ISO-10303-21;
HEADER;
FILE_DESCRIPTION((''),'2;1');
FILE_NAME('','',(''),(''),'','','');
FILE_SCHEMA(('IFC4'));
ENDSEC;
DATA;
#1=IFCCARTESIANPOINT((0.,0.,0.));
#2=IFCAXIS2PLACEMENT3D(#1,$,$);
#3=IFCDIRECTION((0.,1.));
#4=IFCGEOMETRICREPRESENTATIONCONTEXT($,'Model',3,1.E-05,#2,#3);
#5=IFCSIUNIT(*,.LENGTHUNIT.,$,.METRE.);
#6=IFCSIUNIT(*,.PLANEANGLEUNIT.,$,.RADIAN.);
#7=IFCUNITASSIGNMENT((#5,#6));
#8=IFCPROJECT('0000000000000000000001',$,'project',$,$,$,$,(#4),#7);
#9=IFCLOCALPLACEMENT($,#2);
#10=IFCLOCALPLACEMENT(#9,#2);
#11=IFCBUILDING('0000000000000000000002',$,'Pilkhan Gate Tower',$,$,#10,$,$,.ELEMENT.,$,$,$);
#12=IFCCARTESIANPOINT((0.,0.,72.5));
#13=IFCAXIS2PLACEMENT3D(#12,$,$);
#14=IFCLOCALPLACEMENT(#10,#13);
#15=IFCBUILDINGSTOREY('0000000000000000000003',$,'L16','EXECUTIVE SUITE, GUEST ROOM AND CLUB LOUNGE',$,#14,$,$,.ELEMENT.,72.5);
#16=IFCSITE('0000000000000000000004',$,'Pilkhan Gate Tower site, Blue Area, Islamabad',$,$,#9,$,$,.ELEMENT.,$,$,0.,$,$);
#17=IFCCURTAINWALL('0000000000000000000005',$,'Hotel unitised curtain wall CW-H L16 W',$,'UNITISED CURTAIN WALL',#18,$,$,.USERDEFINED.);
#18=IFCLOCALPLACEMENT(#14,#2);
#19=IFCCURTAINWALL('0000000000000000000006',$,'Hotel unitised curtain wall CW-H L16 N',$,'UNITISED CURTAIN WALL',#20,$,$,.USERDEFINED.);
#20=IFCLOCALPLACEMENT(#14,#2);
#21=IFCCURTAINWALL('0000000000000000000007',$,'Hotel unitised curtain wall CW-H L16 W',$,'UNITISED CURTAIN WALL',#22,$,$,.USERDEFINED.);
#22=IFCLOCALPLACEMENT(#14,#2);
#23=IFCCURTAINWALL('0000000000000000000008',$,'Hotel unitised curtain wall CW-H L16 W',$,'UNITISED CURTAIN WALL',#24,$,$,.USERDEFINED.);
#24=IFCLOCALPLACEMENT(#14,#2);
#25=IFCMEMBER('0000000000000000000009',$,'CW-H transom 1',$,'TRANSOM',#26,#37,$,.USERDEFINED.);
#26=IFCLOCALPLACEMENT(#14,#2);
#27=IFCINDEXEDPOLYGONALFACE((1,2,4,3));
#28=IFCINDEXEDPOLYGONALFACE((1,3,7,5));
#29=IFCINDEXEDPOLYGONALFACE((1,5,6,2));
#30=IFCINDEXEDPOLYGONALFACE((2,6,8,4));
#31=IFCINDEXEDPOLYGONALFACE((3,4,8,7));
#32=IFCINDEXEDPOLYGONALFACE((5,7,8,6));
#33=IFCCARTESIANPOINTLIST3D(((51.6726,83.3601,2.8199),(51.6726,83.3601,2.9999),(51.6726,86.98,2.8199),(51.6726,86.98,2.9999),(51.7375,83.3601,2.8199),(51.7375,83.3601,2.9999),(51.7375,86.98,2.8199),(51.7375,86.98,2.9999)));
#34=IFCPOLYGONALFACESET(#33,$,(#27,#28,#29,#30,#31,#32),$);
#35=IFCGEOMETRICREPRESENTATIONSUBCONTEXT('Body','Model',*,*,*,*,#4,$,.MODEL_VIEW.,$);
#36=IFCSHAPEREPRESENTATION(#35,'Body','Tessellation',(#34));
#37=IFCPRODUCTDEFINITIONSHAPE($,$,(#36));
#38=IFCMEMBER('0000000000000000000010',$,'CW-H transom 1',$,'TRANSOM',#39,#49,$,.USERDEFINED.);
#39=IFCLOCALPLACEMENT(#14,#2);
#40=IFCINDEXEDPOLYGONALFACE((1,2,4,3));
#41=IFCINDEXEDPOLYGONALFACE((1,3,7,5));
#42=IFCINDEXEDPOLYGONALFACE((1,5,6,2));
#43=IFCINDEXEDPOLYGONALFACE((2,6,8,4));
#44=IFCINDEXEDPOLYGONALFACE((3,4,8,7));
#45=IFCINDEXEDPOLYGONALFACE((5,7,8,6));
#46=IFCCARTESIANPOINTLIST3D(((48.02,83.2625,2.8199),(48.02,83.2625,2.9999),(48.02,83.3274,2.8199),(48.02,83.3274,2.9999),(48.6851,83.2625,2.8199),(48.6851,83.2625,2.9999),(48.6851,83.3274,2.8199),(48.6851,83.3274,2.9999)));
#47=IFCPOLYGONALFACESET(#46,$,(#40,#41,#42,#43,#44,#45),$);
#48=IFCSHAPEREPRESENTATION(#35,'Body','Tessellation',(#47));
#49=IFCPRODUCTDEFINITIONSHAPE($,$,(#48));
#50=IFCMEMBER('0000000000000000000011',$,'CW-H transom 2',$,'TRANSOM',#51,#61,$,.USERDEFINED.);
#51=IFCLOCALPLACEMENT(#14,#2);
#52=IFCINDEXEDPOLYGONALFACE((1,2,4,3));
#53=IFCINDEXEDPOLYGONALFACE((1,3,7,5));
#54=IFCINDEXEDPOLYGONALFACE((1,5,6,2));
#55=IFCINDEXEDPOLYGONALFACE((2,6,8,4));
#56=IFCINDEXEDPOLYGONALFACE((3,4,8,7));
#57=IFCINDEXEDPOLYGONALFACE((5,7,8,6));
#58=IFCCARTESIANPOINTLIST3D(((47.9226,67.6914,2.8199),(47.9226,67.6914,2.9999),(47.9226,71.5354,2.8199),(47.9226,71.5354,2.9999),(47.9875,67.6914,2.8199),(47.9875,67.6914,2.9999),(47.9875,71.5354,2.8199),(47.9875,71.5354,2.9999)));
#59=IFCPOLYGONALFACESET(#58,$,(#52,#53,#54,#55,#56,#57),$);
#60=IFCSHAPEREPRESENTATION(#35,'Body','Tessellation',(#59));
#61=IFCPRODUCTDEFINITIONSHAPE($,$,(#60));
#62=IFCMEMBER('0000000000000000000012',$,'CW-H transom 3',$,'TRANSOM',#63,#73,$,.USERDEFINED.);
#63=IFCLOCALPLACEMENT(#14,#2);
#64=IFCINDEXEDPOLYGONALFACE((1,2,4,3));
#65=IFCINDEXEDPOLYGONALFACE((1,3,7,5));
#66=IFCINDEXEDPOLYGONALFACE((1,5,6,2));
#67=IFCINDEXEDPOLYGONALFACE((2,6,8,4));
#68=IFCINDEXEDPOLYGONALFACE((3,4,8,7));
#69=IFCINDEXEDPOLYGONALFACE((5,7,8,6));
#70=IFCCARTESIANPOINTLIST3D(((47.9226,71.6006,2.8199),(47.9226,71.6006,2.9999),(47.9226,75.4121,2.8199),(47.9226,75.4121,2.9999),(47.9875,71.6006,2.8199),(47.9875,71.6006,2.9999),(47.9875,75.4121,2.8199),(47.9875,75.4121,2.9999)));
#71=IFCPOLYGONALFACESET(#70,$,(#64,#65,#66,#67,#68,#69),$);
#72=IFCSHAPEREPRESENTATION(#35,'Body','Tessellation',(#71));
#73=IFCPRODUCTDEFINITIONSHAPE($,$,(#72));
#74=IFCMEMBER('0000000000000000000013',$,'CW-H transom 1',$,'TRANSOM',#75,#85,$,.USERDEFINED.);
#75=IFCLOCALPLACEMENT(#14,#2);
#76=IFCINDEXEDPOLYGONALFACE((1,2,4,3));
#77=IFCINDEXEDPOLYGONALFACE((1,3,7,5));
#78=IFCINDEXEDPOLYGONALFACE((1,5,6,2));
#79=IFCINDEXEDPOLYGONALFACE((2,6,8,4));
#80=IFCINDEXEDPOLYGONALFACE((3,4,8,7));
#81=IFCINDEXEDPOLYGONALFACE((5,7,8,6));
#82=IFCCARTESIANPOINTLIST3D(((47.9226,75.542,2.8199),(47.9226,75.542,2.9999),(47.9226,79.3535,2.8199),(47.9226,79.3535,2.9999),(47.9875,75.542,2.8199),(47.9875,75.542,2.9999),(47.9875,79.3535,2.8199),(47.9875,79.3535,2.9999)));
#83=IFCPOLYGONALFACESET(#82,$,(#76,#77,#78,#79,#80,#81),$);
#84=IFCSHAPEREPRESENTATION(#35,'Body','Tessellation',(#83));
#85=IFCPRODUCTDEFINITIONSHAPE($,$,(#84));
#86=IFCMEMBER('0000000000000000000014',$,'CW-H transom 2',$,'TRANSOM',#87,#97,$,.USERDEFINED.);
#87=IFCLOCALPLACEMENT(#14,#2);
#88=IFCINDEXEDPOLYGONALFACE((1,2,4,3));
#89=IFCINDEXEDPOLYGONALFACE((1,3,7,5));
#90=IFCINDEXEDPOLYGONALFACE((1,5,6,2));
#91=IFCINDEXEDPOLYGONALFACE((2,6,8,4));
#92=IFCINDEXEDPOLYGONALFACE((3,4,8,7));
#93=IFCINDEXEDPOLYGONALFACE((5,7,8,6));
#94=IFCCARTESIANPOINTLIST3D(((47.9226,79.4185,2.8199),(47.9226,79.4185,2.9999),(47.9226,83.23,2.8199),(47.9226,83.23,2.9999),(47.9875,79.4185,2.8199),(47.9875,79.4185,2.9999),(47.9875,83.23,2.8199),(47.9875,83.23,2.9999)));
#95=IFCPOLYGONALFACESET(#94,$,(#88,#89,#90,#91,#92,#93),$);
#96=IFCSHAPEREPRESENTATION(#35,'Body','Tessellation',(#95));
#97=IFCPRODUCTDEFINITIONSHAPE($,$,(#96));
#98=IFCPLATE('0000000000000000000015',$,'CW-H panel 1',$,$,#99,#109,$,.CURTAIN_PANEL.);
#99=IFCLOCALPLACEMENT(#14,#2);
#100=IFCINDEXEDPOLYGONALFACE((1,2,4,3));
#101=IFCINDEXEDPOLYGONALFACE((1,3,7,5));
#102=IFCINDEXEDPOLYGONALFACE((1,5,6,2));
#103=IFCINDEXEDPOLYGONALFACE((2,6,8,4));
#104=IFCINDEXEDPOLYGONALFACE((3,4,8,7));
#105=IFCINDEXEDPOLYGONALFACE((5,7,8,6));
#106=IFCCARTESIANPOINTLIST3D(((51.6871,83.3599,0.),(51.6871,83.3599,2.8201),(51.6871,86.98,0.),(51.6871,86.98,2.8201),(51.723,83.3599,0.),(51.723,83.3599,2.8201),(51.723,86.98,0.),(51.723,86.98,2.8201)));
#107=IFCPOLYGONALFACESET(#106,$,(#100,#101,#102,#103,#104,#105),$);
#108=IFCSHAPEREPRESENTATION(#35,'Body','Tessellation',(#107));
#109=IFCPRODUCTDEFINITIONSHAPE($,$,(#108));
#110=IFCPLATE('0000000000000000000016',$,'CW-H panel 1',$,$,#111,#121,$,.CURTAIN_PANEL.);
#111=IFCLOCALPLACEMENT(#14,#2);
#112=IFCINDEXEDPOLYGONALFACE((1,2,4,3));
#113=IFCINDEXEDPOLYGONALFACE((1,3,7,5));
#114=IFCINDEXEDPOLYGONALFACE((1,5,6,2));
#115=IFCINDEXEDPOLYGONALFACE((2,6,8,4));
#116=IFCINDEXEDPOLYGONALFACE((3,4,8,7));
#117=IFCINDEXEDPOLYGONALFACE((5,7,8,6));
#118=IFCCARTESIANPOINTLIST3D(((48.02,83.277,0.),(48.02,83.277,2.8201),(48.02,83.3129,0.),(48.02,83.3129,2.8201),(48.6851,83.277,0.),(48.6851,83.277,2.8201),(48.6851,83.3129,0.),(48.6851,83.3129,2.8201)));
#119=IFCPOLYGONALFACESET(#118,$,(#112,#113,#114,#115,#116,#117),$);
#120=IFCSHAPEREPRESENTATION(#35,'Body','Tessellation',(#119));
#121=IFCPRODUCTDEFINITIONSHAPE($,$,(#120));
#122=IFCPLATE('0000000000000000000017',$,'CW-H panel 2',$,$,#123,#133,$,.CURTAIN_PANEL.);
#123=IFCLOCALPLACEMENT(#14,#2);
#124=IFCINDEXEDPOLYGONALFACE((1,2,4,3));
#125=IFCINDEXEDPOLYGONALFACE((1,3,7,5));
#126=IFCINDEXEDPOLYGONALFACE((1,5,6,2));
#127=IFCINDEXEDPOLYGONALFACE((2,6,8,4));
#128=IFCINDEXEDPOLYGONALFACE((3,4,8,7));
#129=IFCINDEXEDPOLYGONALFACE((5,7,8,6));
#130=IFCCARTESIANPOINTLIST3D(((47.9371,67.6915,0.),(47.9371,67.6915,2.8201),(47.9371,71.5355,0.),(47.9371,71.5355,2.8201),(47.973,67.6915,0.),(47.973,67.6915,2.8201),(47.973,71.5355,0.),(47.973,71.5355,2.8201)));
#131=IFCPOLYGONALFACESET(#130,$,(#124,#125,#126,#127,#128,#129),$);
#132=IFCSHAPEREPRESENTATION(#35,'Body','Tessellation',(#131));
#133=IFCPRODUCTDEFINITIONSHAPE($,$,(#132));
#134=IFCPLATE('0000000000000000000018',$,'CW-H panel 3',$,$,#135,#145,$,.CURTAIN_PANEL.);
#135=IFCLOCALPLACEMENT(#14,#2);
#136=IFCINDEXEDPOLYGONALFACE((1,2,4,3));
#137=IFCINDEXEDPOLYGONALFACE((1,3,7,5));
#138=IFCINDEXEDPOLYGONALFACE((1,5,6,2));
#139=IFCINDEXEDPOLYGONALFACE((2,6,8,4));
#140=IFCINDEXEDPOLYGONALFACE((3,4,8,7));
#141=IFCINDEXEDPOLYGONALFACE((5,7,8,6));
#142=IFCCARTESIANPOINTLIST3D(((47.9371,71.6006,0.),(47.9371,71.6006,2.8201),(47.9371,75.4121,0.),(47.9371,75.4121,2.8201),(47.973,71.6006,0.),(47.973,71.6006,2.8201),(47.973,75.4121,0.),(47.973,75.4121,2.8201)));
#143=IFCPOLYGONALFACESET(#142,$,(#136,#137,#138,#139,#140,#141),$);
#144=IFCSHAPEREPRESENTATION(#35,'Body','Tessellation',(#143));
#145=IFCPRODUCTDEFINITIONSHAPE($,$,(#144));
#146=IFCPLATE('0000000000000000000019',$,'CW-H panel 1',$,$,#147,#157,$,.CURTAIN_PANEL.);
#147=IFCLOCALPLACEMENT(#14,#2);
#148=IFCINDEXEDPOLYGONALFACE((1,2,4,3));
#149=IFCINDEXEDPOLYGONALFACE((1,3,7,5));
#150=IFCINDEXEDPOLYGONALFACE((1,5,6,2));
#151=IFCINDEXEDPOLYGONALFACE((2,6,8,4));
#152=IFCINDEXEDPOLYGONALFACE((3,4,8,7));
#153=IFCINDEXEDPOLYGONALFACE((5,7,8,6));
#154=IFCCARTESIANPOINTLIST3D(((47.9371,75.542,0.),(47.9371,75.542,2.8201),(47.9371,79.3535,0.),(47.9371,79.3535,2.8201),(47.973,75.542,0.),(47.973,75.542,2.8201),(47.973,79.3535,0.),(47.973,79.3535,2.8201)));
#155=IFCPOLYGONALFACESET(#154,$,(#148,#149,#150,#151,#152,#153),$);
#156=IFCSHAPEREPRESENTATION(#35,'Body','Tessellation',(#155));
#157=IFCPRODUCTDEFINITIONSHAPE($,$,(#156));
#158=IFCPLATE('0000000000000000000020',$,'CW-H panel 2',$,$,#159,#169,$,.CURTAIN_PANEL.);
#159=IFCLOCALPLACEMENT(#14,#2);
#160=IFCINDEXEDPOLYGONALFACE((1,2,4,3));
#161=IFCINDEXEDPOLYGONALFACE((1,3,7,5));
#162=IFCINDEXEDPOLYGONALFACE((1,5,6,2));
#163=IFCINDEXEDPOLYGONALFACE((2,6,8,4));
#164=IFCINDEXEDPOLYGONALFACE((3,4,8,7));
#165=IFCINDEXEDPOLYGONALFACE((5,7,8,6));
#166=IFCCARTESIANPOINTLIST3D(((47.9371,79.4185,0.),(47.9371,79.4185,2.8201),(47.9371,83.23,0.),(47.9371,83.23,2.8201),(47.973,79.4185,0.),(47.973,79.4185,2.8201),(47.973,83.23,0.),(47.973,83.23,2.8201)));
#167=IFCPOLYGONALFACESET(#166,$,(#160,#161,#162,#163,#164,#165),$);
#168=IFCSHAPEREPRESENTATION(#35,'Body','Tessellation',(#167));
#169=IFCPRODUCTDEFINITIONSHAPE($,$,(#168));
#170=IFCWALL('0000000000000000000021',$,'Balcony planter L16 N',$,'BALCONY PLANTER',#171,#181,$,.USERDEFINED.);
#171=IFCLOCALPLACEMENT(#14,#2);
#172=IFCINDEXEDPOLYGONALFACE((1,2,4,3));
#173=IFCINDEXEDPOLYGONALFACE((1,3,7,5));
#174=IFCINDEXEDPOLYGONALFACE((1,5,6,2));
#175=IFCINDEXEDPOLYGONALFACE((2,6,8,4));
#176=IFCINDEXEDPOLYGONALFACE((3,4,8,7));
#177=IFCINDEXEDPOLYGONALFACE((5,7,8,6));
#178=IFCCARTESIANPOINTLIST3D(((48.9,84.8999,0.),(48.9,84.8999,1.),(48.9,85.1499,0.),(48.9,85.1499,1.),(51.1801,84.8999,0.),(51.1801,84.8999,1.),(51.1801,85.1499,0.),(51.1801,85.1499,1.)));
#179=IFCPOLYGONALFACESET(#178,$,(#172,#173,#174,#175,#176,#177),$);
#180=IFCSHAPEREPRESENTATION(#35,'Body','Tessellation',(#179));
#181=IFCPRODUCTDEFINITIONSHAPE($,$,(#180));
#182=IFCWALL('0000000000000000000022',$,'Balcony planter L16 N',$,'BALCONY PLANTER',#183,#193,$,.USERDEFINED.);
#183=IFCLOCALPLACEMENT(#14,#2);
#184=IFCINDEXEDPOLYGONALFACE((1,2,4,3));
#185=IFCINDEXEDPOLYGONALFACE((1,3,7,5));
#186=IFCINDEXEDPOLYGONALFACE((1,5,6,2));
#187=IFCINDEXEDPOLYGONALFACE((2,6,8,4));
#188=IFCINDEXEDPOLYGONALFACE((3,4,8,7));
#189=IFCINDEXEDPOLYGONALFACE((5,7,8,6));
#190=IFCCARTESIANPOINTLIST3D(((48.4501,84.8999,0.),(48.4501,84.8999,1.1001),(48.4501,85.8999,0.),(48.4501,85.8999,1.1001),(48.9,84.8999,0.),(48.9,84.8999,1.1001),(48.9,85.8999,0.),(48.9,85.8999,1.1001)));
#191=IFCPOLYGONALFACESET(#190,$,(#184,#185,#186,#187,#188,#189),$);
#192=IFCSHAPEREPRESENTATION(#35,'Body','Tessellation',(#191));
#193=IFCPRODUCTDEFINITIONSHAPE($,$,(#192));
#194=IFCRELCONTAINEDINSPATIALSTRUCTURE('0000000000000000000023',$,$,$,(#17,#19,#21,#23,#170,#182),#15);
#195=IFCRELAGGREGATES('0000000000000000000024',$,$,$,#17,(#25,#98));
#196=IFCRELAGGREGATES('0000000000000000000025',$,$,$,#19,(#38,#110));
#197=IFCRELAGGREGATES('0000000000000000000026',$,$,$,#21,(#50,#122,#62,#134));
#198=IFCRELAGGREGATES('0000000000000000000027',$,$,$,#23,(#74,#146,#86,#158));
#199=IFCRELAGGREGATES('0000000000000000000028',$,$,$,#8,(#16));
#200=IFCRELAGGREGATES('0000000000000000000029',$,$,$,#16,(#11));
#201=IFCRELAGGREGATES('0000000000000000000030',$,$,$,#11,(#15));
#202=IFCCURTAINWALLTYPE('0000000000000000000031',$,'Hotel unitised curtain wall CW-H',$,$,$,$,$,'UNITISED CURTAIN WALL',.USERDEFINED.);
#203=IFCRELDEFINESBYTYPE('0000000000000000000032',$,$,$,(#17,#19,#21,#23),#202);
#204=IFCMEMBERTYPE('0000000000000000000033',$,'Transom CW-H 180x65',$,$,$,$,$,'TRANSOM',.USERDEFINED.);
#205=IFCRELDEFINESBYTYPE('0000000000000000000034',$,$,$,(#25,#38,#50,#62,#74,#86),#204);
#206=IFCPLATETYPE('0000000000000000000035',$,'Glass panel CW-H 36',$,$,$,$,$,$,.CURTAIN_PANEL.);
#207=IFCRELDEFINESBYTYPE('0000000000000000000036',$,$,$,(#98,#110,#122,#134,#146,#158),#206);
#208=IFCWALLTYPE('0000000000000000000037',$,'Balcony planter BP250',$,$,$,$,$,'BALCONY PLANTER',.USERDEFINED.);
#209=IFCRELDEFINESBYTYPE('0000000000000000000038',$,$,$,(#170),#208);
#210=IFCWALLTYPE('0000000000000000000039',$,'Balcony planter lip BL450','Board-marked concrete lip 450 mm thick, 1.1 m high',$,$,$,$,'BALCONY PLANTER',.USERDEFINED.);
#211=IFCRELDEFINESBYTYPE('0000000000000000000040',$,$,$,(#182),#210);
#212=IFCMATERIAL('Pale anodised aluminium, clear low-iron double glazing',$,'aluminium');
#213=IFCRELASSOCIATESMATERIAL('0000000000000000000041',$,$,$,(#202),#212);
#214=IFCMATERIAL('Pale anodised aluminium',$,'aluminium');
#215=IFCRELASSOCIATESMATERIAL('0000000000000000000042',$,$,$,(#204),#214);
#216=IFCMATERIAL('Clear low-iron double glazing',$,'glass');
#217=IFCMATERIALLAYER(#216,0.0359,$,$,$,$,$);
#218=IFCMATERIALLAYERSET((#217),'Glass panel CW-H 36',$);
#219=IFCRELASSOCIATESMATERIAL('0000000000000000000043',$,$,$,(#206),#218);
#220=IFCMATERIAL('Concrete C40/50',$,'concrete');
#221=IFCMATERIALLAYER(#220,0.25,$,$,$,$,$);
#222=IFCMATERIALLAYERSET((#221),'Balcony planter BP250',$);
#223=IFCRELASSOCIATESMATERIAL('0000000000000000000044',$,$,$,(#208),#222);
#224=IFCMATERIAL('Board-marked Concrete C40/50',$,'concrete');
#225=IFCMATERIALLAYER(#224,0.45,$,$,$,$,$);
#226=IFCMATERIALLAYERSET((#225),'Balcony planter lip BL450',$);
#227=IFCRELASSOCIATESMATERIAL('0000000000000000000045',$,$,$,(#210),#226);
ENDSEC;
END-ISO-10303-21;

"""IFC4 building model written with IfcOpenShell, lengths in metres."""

from ifc_helpers import new_model, si_unit, direction, frame, frame_2d, origin, origin_2d, place, context, subcontext, project, spatial, rectangle, extrude, material, layer, layer_set, material_profile, profile_set, type_object, element, aggregate, save


model = new_model("IFC4")

# Units and contexts
model_context = context("Model", 3, precision=1e-05, world=origin(), true_north=direction((0.0, 1.0)))
body_context = subcontext(model_context, "Body", "Model", "MODEL_VIEW")
ifc_project = project(units=[si_unit("LENGTHUNIT", "METRE"), si_unit("PLANEANGLEUNIT", "RADIAN")], contexts=[model_context])

# Site, building, storey
site_placement = place(None, origin())
site = spatial("IfcSite", under=ifc_project, at=site_placement, Name="Pilkhan Gate Tower site, Blue Area, Islamabad", CompositionType="ELEMENT", RefElevation=0.0)
building_placement = place(site_placement, origin())
building = spatial("IfcBuilding", under=site, at=building_placement, Name="Pilkhan Gate Tower", CompositionType="ELEMENT")
storey_placement = place(building_placement, frame((0.0, 0.0, 72.5)))
storey = spatial("IfcBuildingStorey", under=building, at=storey_placement, Name="L16", Description="EXECUTIVE SUITE, GUEST ROOM AND CLUB LOUNGE", CompositionType="ELEMENT", Elevation=72.5)

# Curtain wall
ifc_material_1 = material(Name="Pale anodised aluminium, clear low-iron double glazing", Category="aluminium")
curtain_wall_type = type_object("IfcCurtainWallType", Name="Hotel unitised curtain wall CW-H", ElementType="UNITISED CURTAIN WALL", PredefinedType="USERDEFINED", material=ifc_material_1)
curtain_wall_1_placement = place(storey_placement, origin())
curtain_wall_1 = element("IfcCurtainWall", 1, at=curtain_wall_1_placement, inside=storey, type_object=curtain_wall_type, Name="Hotel unitised curtain wall CW-H L16 W", ObjectType="UNITISED CURTAIN WALL", PredefinedType="USERDEFINED")
ifc_material_2 = material(Name="Pale anodised aluminium", Category="aluminium")

# Curtain walls
curtain_wall_2_placement = place(storey_placement, origin())
curtain_wall_2 = element("IfcCurtainWall", 2, at=curtain_wall_2_placement, inside=storey, type_object=curtain_wall_type, Name="Hotel unitised curtain wall CW-H L16 N", ObjectType="UNITISED CURTAIN WALL", PredefinedType="USERDEFINED")
curtain_wall_3_placement = place(storey_placement, origin())
curtain_wall_3 = element("IfcCurtainWall", 3, at=curtain_wall_3_placement, inside=storey, type_object=curtain_wall_type, Name="Hotel unitised curtain wall CW-H L16 W", ObjectType="UNITISED CURTAIN WALL", PredefinedType="USERDEFINED")
curtain_wall_4_placement = place(storey_placement, origin())
curtain_wall_4 = element("IfcCurtainWall", 4, at=curtain_wall_4_placement, inside=storey, type_object=curtain_wall_type, Name="Hotel unitised curtain wall CW-H L16 W", ObjectType="UNITISED CURTAIN WALL", PredefinedType="USERDEFINED")

# Members
ifc_material_profile_1 = material_profile(ifc_material_2, rectangle(XDim=0.0649, YDim=0.1799, at=origin_2d()), Name="Transom 180x65")
ifc_profile_set_1 = profile_set([ifc_material_profile_1], Name="Pale anodised aluminium")
member_type_1 = type_object("IfcMemberType", Name="Transom CW-H 180x65", ElementType="TRANSOM", PredefinedType="USERDEFINED", material=ifc_profile_set_1)
member_1_placement = place(storey_placement, frame((51.7051, 83.3601, 2.9099), z_axis=(0.0, 1.0, 0.0), x_axis=(-1.0, 0.0, 0.0)))
member_1 = element("IfcMember", 5, at=member_1_placement, type_object=member_type_1, Name="CW-H transom 1", ObjectType="TRANSOM", PredefinedType="USERDEFINED", context=body_context, shape_type="SweptSolid", body=[
    extrude(rectangle(XDim=0.0649, YDim=0.1799, at=origin_2d()), origin(), (0.0, 0.0, 1.0), 3.6199),
])
member_2_placement = place(storey_placement, frame((48.02, 83.2949, 2.9099), z_axis=(1.0, 0.0, 0.0), x_axis=(0.0, 1.0, 0.0)))
member_2 = element("IfcMember", 6, at=member_2_placement, type_object=member_type_1, Name="CW-H transom 1", ObjectType="TRANSOM", PredefinedType="USERDEFINED", context=body_context, shape_type="SweptSolid", body=[
    extrude(rectangle(XDim=0.0649, YDim=0.1799, at=origin_2d()), origin(), (0.0, 0.0, 1.0), 0.665),
])
member_3_placement = place(storey_placement, frame((47.9551, 67.6914, 2.9099), z_axis=(0.0, 1.0, 0.0), x_axis=(-1.0, 0.0, 0.0)))
member_3 = element("IfcMember", 7, at=member_3_placement, type_object=member_type_1, Name="CW-H transom 2", ObjectType="TRANSOM", PredefinedType="USERDEFINED", context=body_context, shape_type="SweptSolid", body=[
    extrude(rectangle(XDim=0.0649, YDim=0.1799, at=origin_2d()), origin(), (0.0, 0.0, 1.0), 3.844),
])
member_4_placement = place(storey_placement, frame((47.9551, 71.6006, 2.9099), z_axis=(0.0, 1.0, 0.0), x_axis=(-1.0, 0.0, 0.0)))
member_4 = element("IfcMember", 8, at=member_4_placement, type_object=member_type_1, Name="CW-H transom 3", ObjectType="TRANSOM", PredefinedType="USERDEFINED", context=body_context, shape_type="SweptSolid", body=[
    extrude(rectangle(XDim=0.0649, YDim=0.1799, at=origin_2d()), origin(), (0.0, 0.0, 1.0), 3.8115),
])
member_5_placement = place(storey_placement, frame((47.9551, 75.542, 2.9099), z_axis=(0.0, 1.0, 0.0), x_axis=(-1.0, 0.0, 0.0)))
member_5 = element("IfcMember", 9, at=member_5_placement, type_object=member_type_1, Name="CW-H transom 1", ObjectType="TRANSOM", PredefinedType="USERDEFINED", context=body_context, shape_type="SweptSolid", body=[
    extrude(rectangle(XDim=0.0649, YDim=0.1799, at=origin_2d()), origin(), (0.0, 0.0, 1.0), 3.8115),
])
member_6_placement = place(storey_placement, frame((47.9551, 79.4185, 2.9099), z_axis=(0.0, 1.0, 0.0), x_axis=(-1.0, 0.0, 0.0)))
member_6 = element("IfcMember", 10, at=member_6_placement, type_object=member_type_1, Name="CW-H transom 2", ObjectType="TRANSOM", PredefinedType="USERDEFINED", context=body_context, shape_type="SweptSolid", body=[
    extrude(rectangle(XDim=0.0649, YDim=0.1799, at=origin_2d()), origin(), (0.0, 0.0, 1.0), 3.8115),
])

# Plates
ifc_material_3 = material(Name="Clear low-iron double glazing", Category="glass")
ifc_layer_1 = layer(ifc_material_3, 0.0359)
ifc_layer_set_1 = layer_set([ifc_layer_1], Name="Glass panel CW-H 36")
plate_type = type_object("IfcPlateType", Name="Glass panel CW-H 36", PredefinedType="CURTAIN_PANEL", material=ifc_layer_set_1)
plate_1_placement = place(storey_placement, frame((51.7051, 85.1699, 0.0), z_axis=(0.0, 0.0, 1.0), x_axis=(0.0, 1.0, 0.0)))
plate_1 = element("IfcPlate", 11, at=plate_1_placement, type_object=plate_type, Name="CW-H panel 1", PredefinedType="CURTAIN_PANEL", context=body_context, shape_type="SweptSolid", body=[
    extrude(rectangle(XDim=3.6201, YDim=0.0359, at=origin_2d()), origin(), (0.0, 0.0, 1.0), 2.8201),
])
aggregate(curtain_wall_1, [member_1, plate_1])
plate_2_placement = place(storey_placement, frame((48.3525, 83.2949, 0.0), z_axis=(0.0, 0.0, 1.0), x_axis=(1.0, 0.0, 0.0)))
plate_2 = element("IfcPlate", 12, at=plate_2_placement, type_object=plate_type, Name="CW-H panel 1", PredefinedType="CURTAIN_PANEL", context=body_context, shape_type="SweptSolid", body=[
    extrude(rectangle(XDim=0.665, YDim=0.0359, at=origin_2d()), origin(), (0.0, 0.0, 1.0), 2.8201),
])
aggregate(curtain_wall_2, [member_2, plate_2])
plate_3_placement = place(storey_placement, frame((47.9551, 69.6135, 0.0), z_axis=(0.0, 0.0, 1.0), x_axis=(0.0, 1.0, 0.0)))
plate_3 = element("IfcPlate", 13, at=plate_3_placement, type_object=plate_type, Name="CW-H panel 2", PredefinedType="CURTAIN_PANEL", context=body_context, shape_type="SweptSolid", body=[
    extrude(rectangle(XDim=3.844, YDim=0.0359, at=origin_2d()), origin(), (0.0, 0.0, 1.0), 2.8201),
])
plate_4_placement = place(storey_placement, frame((47.9551, 73.5063, 0.0), z_axis=(0.0, 0.0, 1.0), x_axis=(0.0, 1.0, 0.0)))
plate_4 = element("IfcPlate", 14, at=plate_4_placement, type_object=plate_type, Name="CW-H panel 3", PredefinedType="CURTAIN_PANEL", context=body_context, shape_type="SweptSolid", body=[
    extrude(rectangle(XDim=3.8115, YDim=0.0359, at=origin_2d()), origin(), (0.0, 0.0, 1.0), 2.8201),
])
aggregate(curtain_wall_3, [member_3, plate_3, member_4, plate_4])
plate_5_placement = place(storey_placement, frame((47.9551, 77.4478, 0.0), z_axis=(0.0, 0.0, 1.0), x_axis=(0.0, 1.0, 0.0)))
plate_5 = element("IfcPlate", 15, at=plate_5_placement, type_object=plate_type, Name="CW-H panel 1", PredefinedType="CURTAIN_PANEL", context=body_context, shape_type="SweptSolid", body=[
    extrude(rectangle(XDim=3.8115, YDim=0.0359, at=origin_2d()), origin(), (0.0, 0.0, 1.0), 2.8201),
])
plate_6_placement = place(storey_placement, frame((47.9551, 81.3242, 0.0), z_axis=(0.0, 0.0, 1.0), x_axis=(0.0, 1.0, 0.0)))
plate_6 = element("IfcPlate", 16, at=plate_6_placement, type_object=plate_type, Name="CW-H panel 2", PredefinedType="CURTAIN_PANEL", context=body_context, shape_type="SweptSolid", body=[
    extrude(rectangle(XDim=3.8115, YDim=0.0359, at=origin_2d()), origin(), (0.0, 0.0, 1.0), 2.8201),
])
aggregate(curtain_wall_4, [member_5, plate_5, member_6, plate_6])

# Walls
ifc_material_4 = material(Name="Concrete C40/50", Category="concrete")
ifc_layer_2 = layer(ifc_material_4, 0.25)
ifc_layer_set_2 = layer_set([ifc_layer_2], Name="Balcony planter BP250")
wall_type_1 = type_object("IfcWallType", Name="Balcony planter BP250", ElementType="BALCONY PLANTER", PredefinedType="USERDEFINED", material=ifc_layer_set_2)
wall_1_placement = place(storey_placement, frame((48.8999, 85.0249, 0.0), z_axis=(0.0, 0.0, 1.0), x_axis=(1.0, 0.0, 0.0)))
element("IfcWall", 17, at=wall_1_placement, inside=storey, type_object=wall_type_1, Name="Balcony planter L16 N", ObjectType="BALCONY PLANTER", PredefinedType="USERDEFINED", context=body_context, shape_type="SweptSolid", body=[
    extrude(rectangle(XDim=2.28, YDim=0.25, at=frame_2d((1.1401, 0.0))), origin(), (0.0, 0.0, 1.0), 1.0),
])
ifc_material_5 = material(Name="Board-marked Concrete C40/50", Category="concrete")
ifc_layer_3 = layer(ifc_material_5, 0.45)
ifc_layer_set_3 = layer_set([ifc_layer_3], Name="Balcony planter lip BL450")
wall_type_2 = type_object("IfcWallType", Name="Balcony planter lip BL450", Description="Board-marked concrete lip 450 mm thick, 1.1 m high", ElementType="BALCONY PLANTER", PredefinedType="USERDEFINED", material=ifc_layer_set_3)
for number, where, z_axis, x_axis, name in (
    (18, (48.675, 84.8999, 0.0), (0.0, 0.0, 1.0), (0.0, 1.0, 0.0), "Balcony planter L16 N"),
):
    element("IfcWall", number, at=place(storey_placement, frame(where, z_axis=z_axis, x_axis=x_axis)), inside=storey, type_object=wall_type_2, Name=name, ObjectType="BALCONY PLANTER", PredefinedType="USERDEFINED", context=body_context, shape_type="SweptSolid", body=[
        extrude(rectangle(XDim=1.0, YDim=0.45, at=frame_2d((0.5, 0.0))), origin(), (0.0, 0.0, 1.0), 1.1001),
    ])

save(model, "model.ifc")
